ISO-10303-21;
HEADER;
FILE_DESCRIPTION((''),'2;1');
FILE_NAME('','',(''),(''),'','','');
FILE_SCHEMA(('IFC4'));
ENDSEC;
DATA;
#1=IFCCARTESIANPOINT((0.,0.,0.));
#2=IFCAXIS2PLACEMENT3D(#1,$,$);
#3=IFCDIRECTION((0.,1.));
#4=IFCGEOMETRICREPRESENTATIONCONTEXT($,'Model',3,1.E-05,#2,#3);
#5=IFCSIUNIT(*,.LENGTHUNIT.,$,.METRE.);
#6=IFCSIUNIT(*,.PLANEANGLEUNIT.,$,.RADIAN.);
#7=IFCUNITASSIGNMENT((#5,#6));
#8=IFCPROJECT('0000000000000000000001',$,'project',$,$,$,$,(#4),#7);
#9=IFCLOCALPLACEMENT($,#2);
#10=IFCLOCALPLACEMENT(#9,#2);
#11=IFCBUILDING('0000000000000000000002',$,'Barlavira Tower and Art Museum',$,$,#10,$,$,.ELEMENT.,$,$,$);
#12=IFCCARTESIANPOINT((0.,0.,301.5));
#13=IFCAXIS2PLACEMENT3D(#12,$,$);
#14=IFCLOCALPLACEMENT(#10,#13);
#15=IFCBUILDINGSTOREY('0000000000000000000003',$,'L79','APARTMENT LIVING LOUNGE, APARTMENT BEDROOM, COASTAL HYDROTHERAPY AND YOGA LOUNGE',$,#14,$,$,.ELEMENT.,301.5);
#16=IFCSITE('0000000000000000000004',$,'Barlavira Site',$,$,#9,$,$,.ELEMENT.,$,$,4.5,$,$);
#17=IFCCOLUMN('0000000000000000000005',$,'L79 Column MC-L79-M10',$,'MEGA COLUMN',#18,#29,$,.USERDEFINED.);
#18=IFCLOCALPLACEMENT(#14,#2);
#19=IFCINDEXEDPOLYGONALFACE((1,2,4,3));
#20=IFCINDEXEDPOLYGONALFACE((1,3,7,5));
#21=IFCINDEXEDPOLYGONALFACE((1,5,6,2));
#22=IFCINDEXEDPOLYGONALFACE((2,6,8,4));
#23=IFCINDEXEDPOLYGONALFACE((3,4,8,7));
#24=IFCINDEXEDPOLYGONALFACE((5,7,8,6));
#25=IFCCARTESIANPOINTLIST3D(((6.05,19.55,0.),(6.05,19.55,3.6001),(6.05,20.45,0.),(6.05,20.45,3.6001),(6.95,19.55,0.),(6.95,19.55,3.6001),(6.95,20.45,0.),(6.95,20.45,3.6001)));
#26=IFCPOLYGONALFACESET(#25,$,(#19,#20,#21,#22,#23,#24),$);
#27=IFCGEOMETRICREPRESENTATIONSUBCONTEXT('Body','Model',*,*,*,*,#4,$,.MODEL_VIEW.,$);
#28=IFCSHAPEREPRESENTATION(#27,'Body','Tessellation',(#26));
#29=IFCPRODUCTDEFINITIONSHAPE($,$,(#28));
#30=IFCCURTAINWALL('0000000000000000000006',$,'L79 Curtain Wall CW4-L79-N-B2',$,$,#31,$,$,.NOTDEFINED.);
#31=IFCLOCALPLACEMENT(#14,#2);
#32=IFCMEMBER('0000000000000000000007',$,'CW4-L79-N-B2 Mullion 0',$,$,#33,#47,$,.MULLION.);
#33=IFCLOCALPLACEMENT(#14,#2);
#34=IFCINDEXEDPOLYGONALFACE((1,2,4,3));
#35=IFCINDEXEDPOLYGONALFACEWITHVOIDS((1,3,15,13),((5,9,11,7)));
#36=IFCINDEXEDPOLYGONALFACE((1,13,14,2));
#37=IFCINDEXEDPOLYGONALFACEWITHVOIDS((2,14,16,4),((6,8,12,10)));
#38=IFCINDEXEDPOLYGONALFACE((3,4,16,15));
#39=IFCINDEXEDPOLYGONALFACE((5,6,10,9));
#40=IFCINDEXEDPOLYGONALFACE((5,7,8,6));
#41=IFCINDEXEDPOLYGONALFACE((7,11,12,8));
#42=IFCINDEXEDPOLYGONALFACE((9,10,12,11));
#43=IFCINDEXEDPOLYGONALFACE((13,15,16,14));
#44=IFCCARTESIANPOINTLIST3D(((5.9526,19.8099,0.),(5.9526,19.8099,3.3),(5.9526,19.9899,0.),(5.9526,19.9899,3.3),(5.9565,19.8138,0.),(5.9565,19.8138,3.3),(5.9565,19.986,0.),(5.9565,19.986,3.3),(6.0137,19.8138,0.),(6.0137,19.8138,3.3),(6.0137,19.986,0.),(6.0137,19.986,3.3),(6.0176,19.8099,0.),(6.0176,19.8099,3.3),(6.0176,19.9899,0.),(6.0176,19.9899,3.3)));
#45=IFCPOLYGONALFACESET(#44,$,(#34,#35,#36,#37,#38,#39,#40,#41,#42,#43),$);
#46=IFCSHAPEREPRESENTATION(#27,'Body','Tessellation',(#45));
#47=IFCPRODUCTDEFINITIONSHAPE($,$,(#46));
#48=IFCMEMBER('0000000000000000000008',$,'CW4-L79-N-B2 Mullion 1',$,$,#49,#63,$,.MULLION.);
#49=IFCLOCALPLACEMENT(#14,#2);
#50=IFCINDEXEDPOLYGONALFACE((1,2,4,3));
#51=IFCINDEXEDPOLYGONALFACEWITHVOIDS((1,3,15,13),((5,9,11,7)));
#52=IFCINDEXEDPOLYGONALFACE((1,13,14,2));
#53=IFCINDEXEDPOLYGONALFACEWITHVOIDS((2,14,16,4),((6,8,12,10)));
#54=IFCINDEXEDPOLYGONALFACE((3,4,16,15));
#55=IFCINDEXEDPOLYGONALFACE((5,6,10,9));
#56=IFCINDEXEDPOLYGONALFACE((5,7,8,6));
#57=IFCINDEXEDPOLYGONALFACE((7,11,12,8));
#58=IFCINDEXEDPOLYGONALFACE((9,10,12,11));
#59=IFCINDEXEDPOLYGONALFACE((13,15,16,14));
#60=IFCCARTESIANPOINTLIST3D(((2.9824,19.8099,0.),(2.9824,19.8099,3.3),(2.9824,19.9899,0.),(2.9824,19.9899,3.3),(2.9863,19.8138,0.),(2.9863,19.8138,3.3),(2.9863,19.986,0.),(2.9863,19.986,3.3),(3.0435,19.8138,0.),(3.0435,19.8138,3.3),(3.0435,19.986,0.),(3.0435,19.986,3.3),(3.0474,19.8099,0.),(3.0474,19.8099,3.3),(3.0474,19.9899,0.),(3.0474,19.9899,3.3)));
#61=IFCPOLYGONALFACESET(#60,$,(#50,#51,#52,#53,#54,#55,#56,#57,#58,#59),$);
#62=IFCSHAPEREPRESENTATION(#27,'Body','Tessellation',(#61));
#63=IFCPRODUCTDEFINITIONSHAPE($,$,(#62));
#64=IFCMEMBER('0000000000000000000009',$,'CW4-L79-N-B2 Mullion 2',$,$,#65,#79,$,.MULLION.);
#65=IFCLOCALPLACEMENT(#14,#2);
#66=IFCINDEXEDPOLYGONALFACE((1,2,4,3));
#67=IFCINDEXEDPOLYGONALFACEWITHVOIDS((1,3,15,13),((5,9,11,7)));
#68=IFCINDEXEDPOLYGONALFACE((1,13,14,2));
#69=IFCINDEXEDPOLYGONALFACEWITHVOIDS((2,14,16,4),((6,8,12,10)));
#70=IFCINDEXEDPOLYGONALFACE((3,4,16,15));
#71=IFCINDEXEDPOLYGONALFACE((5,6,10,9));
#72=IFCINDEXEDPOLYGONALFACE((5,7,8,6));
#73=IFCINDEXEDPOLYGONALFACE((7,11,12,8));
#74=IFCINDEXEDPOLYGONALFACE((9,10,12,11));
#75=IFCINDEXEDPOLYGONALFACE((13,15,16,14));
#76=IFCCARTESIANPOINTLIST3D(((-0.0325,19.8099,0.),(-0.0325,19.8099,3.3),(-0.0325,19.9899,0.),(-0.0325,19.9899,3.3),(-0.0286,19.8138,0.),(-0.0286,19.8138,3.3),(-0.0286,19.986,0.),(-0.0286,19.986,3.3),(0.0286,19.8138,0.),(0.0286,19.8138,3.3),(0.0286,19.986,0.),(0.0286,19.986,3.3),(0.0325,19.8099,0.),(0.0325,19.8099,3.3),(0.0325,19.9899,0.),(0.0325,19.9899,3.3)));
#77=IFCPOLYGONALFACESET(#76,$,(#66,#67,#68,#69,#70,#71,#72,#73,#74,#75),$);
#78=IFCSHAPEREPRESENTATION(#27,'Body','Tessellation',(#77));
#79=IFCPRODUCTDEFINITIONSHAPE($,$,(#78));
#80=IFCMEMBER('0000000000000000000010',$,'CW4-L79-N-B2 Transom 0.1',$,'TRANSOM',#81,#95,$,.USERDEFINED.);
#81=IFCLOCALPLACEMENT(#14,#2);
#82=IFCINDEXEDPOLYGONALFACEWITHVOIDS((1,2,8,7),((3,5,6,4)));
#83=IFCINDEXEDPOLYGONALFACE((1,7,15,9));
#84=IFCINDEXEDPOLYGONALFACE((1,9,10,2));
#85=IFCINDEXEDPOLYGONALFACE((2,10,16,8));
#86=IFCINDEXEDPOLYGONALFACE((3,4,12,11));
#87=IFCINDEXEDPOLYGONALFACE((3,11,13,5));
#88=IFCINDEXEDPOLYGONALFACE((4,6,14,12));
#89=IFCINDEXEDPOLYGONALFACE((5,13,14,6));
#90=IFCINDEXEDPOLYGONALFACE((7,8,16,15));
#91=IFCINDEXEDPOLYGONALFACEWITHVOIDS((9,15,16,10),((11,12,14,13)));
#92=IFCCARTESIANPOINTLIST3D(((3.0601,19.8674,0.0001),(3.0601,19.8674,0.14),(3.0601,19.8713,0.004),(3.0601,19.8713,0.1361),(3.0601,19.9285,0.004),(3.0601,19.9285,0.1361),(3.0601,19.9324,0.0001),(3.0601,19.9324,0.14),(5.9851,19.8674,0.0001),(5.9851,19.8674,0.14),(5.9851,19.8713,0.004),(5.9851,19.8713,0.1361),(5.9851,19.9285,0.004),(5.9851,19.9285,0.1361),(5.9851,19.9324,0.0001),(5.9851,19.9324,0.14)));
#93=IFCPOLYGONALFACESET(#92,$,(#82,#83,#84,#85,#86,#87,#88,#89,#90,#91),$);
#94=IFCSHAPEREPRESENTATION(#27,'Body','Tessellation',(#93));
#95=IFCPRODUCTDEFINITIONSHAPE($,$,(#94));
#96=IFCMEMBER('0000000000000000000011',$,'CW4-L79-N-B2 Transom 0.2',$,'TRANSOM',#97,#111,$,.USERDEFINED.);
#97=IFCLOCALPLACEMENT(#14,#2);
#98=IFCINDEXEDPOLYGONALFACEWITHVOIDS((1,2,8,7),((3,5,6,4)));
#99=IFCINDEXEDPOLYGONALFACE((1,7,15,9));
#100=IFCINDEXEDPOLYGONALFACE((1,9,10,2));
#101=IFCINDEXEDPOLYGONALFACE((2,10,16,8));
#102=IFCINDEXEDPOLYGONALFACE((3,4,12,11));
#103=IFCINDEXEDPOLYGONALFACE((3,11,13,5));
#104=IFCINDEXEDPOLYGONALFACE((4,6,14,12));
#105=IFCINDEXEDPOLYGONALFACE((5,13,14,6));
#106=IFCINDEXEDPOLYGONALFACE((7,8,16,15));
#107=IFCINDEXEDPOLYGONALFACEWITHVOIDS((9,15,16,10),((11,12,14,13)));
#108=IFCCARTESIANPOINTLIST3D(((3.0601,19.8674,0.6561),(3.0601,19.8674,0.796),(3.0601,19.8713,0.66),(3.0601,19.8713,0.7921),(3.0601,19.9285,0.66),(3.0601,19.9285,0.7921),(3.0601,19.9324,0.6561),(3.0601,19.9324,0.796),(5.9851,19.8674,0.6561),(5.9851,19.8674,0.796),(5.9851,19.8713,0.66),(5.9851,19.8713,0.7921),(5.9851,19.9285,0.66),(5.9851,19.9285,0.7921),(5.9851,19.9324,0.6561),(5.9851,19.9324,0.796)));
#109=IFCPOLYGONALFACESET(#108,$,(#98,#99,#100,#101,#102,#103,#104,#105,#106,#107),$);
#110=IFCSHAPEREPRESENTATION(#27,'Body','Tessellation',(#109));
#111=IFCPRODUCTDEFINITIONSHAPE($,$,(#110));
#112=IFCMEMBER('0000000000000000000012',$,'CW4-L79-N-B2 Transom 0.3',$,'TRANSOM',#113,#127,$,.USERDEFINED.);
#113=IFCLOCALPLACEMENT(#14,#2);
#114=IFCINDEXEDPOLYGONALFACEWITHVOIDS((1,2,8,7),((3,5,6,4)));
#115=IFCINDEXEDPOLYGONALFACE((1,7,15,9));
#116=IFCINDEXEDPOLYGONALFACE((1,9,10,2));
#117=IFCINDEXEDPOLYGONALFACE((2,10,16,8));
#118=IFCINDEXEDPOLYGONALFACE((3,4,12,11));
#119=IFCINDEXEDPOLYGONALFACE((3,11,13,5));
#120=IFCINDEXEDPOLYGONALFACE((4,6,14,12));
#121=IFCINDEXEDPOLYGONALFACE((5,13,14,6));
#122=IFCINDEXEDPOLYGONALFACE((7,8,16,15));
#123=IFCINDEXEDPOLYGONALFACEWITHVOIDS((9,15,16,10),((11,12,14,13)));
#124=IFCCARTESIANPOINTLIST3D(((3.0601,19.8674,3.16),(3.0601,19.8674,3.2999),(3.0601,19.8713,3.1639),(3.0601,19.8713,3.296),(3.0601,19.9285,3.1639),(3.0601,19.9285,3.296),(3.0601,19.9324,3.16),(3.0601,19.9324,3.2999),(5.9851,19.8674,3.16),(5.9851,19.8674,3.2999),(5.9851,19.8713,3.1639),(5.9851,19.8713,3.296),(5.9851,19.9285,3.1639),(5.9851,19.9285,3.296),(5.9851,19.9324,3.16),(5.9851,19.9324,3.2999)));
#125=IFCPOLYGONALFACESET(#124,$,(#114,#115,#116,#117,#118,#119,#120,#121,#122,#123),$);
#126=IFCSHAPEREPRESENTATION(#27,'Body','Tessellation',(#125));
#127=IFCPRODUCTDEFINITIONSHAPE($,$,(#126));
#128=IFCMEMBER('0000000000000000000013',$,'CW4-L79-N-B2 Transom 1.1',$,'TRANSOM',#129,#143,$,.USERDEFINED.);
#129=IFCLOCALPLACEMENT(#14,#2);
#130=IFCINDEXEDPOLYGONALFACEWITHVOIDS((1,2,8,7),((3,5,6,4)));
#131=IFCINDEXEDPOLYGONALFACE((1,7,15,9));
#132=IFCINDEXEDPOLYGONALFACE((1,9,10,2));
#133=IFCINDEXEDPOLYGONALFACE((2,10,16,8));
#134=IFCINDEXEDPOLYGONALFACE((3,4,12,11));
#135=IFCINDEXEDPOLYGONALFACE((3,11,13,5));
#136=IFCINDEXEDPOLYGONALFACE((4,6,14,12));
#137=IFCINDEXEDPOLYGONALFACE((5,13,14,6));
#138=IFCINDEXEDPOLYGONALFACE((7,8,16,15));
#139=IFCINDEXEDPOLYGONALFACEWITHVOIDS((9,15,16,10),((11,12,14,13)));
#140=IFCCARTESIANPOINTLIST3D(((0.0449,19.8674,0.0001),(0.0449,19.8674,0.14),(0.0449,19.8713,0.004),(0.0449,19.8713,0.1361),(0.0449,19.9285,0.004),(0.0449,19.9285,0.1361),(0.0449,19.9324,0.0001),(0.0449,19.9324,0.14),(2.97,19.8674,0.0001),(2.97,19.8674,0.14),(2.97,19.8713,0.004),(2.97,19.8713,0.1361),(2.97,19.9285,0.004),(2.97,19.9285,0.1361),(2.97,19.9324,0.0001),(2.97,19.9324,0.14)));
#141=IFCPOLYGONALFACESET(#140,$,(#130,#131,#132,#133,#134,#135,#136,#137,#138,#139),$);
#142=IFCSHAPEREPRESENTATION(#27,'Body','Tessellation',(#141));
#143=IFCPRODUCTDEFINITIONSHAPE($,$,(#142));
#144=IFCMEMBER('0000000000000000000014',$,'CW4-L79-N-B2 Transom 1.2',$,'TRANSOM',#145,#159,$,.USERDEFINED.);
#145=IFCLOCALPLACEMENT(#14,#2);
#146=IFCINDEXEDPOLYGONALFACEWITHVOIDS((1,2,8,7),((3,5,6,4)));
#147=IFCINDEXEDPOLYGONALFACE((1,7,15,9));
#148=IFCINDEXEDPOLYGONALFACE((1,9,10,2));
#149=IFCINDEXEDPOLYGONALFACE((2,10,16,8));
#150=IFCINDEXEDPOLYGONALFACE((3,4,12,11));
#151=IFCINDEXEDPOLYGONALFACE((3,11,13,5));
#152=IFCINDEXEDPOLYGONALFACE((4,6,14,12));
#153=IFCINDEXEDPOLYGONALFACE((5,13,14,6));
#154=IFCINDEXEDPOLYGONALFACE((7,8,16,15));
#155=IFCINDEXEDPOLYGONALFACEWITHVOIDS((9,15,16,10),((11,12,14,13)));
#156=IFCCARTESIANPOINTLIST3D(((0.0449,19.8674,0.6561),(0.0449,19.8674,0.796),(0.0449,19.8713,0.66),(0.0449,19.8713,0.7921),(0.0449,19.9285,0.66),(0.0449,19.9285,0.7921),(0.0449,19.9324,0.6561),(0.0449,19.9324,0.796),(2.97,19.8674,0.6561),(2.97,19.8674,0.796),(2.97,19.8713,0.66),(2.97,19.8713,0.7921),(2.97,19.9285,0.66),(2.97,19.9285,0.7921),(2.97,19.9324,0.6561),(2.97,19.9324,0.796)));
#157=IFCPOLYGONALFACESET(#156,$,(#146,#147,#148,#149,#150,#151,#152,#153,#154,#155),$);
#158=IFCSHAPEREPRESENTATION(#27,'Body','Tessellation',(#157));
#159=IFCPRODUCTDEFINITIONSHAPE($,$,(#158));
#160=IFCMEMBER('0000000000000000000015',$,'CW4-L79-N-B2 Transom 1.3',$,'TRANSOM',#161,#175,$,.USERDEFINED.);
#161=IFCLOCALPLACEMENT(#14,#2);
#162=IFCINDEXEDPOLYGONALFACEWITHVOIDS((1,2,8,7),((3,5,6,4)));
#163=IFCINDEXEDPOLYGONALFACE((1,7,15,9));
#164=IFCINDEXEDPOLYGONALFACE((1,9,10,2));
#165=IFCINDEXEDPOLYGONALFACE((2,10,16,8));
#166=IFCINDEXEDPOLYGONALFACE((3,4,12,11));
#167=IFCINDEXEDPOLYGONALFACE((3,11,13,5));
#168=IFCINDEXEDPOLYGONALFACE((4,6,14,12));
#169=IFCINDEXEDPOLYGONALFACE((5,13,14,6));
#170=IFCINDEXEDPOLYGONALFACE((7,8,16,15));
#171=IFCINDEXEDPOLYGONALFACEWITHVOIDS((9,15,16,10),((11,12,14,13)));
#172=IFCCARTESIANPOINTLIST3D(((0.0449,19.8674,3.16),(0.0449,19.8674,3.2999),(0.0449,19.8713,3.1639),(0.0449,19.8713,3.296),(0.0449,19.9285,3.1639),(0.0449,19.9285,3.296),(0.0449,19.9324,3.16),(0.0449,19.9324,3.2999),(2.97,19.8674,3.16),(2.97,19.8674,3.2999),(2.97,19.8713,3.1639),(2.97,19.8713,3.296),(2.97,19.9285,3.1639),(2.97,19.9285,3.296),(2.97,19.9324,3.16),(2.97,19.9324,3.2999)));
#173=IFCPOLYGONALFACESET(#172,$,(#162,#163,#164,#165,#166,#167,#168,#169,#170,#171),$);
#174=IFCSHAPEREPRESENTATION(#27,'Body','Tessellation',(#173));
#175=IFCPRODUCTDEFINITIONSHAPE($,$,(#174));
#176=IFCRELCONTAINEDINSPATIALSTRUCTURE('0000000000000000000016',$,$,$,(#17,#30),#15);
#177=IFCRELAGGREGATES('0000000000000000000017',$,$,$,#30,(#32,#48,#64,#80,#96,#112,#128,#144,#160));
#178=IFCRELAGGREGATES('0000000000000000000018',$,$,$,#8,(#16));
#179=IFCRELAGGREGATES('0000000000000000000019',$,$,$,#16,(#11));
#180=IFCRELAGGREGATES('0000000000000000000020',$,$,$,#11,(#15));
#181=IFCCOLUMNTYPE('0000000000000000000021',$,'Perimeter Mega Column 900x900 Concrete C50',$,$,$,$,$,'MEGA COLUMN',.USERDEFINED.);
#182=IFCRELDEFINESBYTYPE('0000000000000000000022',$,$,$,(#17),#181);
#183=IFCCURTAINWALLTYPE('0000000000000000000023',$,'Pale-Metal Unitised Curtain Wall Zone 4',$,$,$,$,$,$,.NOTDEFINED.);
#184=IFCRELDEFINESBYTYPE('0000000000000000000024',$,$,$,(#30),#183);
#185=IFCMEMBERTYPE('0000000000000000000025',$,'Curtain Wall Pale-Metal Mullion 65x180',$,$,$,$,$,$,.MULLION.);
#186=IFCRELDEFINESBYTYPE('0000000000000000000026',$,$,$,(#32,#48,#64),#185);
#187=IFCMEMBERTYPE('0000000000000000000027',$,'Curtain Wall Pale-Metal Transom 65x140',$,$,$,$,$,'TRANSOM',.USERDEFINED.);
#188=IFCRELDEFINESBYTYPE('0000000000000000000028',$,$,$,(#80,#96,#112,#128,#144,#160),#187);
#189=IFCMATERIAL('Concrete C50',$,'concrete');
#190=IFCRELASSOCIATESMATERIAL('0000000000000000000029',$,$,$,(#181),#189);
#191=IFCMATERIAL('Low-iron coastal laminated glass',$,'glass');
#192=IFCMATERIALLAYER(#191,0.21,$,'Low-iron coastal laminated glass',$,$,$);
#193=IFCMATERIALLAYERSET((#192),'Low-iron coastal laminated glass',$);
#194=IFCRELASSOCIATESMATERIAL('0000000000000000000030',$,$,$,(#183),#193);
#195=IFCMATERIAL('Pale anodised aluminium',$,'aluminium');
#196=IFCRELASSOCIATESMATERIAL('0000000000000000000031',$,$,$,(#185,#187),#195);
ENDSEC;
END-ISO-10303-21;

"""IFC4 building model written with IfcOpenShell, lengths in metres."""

from ifc_helpers import new_model, si_unit, direction, frame, origin, origin_2d, place, context, subcontext, project, spatial, rectangle, hollow_rectangle, extrude, material, layer, layer_set, material_profile, profile_set, type_object, element, aggregate, save


model = new_model("IFC4")

# Units and contexts
model_context = context("Model", 3, precision=1e-05, world=origin(), true_north=direction((0.0, 1.0)))
body_context = subcontext(model_context, "Body", "Model", "MODEL_VIEW")
ifc_project = project(units=[si_unit("LENGTHUNIT", "METRE"), si_unit("PLANEANGLEUNIT", "RADIAN")], contexts=[model_context])

# Site, building, storey
site_placement = place(None, origin())
site = spatial("IfcSite", under=ifc_project, at=site_placement, Name="Barlavira Site", CompositionType="ELEMENT", RefElevation=4.5)
building_placement = place(site_placement, origin())
building = spatial("IfcBuilding", under=site, at=building_placement, Name="Barlavira Tower and Art Museum", CompositionType="ELEMENT")
storey_placement = place(building_placement, frame((0.0, 0.0, 301.5)))
storey = spatial("IfcBuildingStorey", under=building, at=storey_placement, Name="L79", Description="APARTMENT LIVING LOUNGE, APARTMENT BEDROOM, COASTAL HYDROTHERAPY AND YOGA LOUNGE", CompositionType="ELEMENT", Elevation=301.5)

# Column
ifc_material_1 = material(Name="Concrete C50", Category="concrete")
ifc_material_profile_1 = material_profile(ifc_material_1, rectangle(XDim=0.8999, YDim=0.8999, at=origin_2d()), Name="RC-COL 900x900")
ifc_profile_set_1 = profile_set([ifc_material_profile_1], Name="Concrete C50")
column_type = type_object("IfcColumnType", Name="Perimeter Mega Column 900x900 Concrete C50", ElementType="MEGA COLUMN", PredefinedType="USERDEFINED", material=ifc_profile_set_1)
column_placement = place(storey_placement, frame((6.5, 20.0, 0.0), z_axis=(0.0, 0.0, 1.0), x_axis=(1.0, 0.0, 0.0)))
element("IfcColumn", 1, at=column_placement, inside=storey, type_object=column_type, Name="L79 Column MC-L79-M10", ObjectType="MEGA COLUMN", PredefinedType="USERDEFINED", context=body_context, shape_type="SweptSolid", body=[
    extrude(rectangle(XDim=0.8999, YDim=0.8999, at=origin_2d()), origin(), (0.0, 0.0, 1.0), 3.6001),
])

# Curtain wall, members
ifc_material_2 = material(Name="Low-iron coastal laminated glass", Category="glass")
ifc_layer_1 = layer(ifc_material_2, 0.21, Name="Low-iron coastal laminated glass")
ifc_layer_set_1 = layer_set([ifc_layer_1], Name="Low-iron coastal laminated glass")
curtain_wall_type = type_object("IfcCurtainWallType", Name="Pale-Metal Unitised Curtain Wall Zone 4", PredefinedType="NOTDEFINED", material=ifc_layer_set_1)
curtain_wall_placement = place(storey_placement, origin())
curtain_wall = element("IfcCurtainWall", 2, at=curtain_wall_placement, inside=storey, type_object=curtain_wall_type, Name="L79 Curtain Wall CW4-L79-N-B2", PredefinedType="NOTDEFINED")
ifc_material_3 = material(Name="Pale anodised aluminium", Category="aluminium")
ifc_material_profile_2 = material_profile(ifc_material_3, hollow_rectangle(XDim=0.0649, YDim=0.1799, WallThickness=0.0039, at=origin_2d()), Name="ALU-MULL 65x180x4")
ifc_profile_set_2 = profile_set([ifc_material_profile_2], Name="Pale anodised aluminium")
member_type_1 = type_object("IfcMemberType", Name="Curtain Wall Pale-Metal Mullion 65x180", PredefinedType="MULLION", material=ifc_profile_set_2)
member_1_placement = place(storey_placement, frame((5.9851, 19.8999, 0.0), z_axis=(0.0, 0.0, 1.0), x_axis=(-1.0, 0.0, 0.0)))
member_1 = element("IfcMember", 3, at=member_1_placement, type_object=member_type_1, Name="CW4-L79-N-B2 Mullion 0", PredefinedType="MULLION", context=body_context, shape_type="SweptSolid", body=[
    extrude(hollow_rectangle(XDim=0.0649, YDim=0.1799, WallThickness=0.0039, at=origin_2d()), origin(), (0.0, 0.0, 1.0), 3.3),
])
member_2_placement = place(storey_placement, frame((3.0149, 19.8999, 0.0), z_axis=(0.0, 0.0, 1.0), x_axis=(-1.0, 0.0, 0.0)))
member_2 = element("IfcMember", 4, at=member_2_placement, type_object=member_type_1, Name="CW4-L79-N-B2 Mullion 1", PredefinedType="MULLION", context=body_context, shape_type="SweptSolid", body=[
    extrude(hollow_rectangle(XDim=0.0649, YDim=0.1799, WallThickness=0.0039, at=origin_2d()), origin(), (0.0, 0.0, 1.0), 3.3),
])
member_3_placement = place(storey_placement, frame((0.0, 19.8999, 0.0), z_axis=(0.0, 0.0, 1.0), x_axis=(-1.0, 0.0, 0.0)))
member_3 = element("IfcMember", 5, at=member_3_placement, type_object=member_type_1, Name="CW4-L79-N-B2 Mullion 2", PredefinedType="MULLION", context=body_context, shape_type="SweptSolid", body=[
    extrude(hollow_rectangle(XDim=0.0649, YDim=0.1799, WallThickness=0.0039, at=origin_2d()), origin(), (0.0, 0.0, 1.0), 3.3),
])
ifc_material_profile_3 = material_profile(ifc_material_3, hollow_rectangle(XDim=0.0649, YDim=0.1399, WallThickness=0.0039, at=origin_2d()), Name="ALU-TRAN 65x140x4")
ifc_profile_set_3 = profile_set([ifc_material_profile_3], Name="Pale anodised aluminium")
member_type_2 = type_object("IfcMemberType", Name="Curtain Wall Pale-Metal Transom 65x140", ElementType="TRANSOM", PredefinedType="USERDEFINED", material=ifc_profile_set_3)
member_4_placement = place(storey_placement, frame((5.9851, 19.8999, 0.0701), z_axis=(-1.0, 0.0, 0.0), x_axis=(0.0, -1.0, 0.0)))
member_4 = element("IfcMember", 6, at=member_4_placement, type_object=member_type_2, Name="CW4-L79-N-B2 Transom 0.1", ObjectType="TRANSOM", PredefinedType="USERDEFINED", context=body_context, shape_type="SweptSolid", body=[
    extrude(hollow_rectangle(XDim=0.0649, YDim=0.1399, WallThickness=0.0039, at=origin_2d()), origin(), (0.0, 0.0, 1.0), 2.925),
])
member_5_placement = place(storey_placement, frame((5.9851, 19.8999, 0.7261), z_axis=(-1.0, 0.0, 0.0), x_axis=(0.0, -1.0, 0.0)))
member_5 = element("IfcMember", 7, at=member_5_placement, type_object=member_type_2, Name="CW4-L79-N-B2 Transom 0.2", ObjectType="TRANSOM", PredefinedType="USERDEFINED", context=body_context, shape_type="SweptSolid", body=[
    extrude(hollow_rectangle(XDim=0.0649, YDim=0.1399, WallThickness=0.0039, at=origin_2d()), origin(), (0.0, 0.0, 1.0), 2.925),
])
member_6_placement = place(storey_placement, frame((5.9851, 19.8999, 3.23), z_axis=(-1.0, 0.0, 0.0), x_axis=(0.0, -1.0, 0.0)))
member_6 = element("IfcMember", 8, at=member_6_placement, type_object=member_type_2, Name="CW4-L79-N-B2 Transom 0.3", ObjectType="TRANSOM", PredefinedType="USERDEFINED", context=body_context, shape_type="SweptSolid", body=[
    extrude(hollow_rectangle(XDim=0.0649, YDim=0.1399, WallThickness=0.0039, at=origin_2d()), origin(), (0.0, 0.0, 1.0), 2.925),
])
member_7_placement = place(storey_placement, frame((2.97, 19.8999, 0.0701), z_axis=(-1.0, 0.0, 0.0), x_axis=(0.0, -1.0, 0.0)))
member_7 = element("IfcMember", 9, at=member_7_placement, type_object=member_type_2, Name="CW4-L79-N-B2 Transom 1.1", ObjectType="TRANSOM", PredefinedType="USERDEFINED", context=body_context, shape_type="SweptSolid", body=[
    extrude(hollow_rectangle(XDim=0.0649, YDim=0.1399, WallThickness=0.0039, at=origin_2d()), origin(), (0.0, 0.0, 1.0), 2.925),
])
member_8_placement = place(storey_placement, frame((2.97, 19.8999, 0.7261), z_axis=(-1.0, 0.0, 0.0), x_axis=(0.0, -1.0, 0.0)))
member_8 = element("IfcMember", 10, at=member_8_placement, type_object=member_type_2, Name="CW4-L79-N-B2 Transom 1.2", ObjectType="TRANSOM", PredefinedType="USERDEFINED", context=body_context, shape_type="SweptSolid", body=[
    extrude(hollow_rectangle(XDim=0.0649, YDim=0.1399, WallThickness=0.0039, at=origin_2d()), origin(), (0.0, 0.0, 1.0), 2.925),
])
member_9_placement = place(storey_placement, frame((2.97, 19.8999, 3.23), z_axis=(-1.0, 0.0, 0.0), x_axis=(0.0, -1.0, 0.0)))
member_9 = element("IfcMember", 11, at=member_9_placement, type_object=member_type_2, Name="CW4-L79-N-B2 Transom 1.3", ObjectType="TRANSOM", PredefinedType="USERDEFINED", context=body_context, shape_type="SweptSolid", body=[
    extrude(hollow_rectangle(XDim=0.0649, YDim=0.1399, WallThickness=0.0039, at=origin_2d()), origin(), (0.0, 0.0, 1.0), 2.925),
])

aggregate(curtain_wall, [member_1, member_2, member_3, member_4, member_5, member_6, member_7, member_8, member_9])

save(model, "model.ifc")
